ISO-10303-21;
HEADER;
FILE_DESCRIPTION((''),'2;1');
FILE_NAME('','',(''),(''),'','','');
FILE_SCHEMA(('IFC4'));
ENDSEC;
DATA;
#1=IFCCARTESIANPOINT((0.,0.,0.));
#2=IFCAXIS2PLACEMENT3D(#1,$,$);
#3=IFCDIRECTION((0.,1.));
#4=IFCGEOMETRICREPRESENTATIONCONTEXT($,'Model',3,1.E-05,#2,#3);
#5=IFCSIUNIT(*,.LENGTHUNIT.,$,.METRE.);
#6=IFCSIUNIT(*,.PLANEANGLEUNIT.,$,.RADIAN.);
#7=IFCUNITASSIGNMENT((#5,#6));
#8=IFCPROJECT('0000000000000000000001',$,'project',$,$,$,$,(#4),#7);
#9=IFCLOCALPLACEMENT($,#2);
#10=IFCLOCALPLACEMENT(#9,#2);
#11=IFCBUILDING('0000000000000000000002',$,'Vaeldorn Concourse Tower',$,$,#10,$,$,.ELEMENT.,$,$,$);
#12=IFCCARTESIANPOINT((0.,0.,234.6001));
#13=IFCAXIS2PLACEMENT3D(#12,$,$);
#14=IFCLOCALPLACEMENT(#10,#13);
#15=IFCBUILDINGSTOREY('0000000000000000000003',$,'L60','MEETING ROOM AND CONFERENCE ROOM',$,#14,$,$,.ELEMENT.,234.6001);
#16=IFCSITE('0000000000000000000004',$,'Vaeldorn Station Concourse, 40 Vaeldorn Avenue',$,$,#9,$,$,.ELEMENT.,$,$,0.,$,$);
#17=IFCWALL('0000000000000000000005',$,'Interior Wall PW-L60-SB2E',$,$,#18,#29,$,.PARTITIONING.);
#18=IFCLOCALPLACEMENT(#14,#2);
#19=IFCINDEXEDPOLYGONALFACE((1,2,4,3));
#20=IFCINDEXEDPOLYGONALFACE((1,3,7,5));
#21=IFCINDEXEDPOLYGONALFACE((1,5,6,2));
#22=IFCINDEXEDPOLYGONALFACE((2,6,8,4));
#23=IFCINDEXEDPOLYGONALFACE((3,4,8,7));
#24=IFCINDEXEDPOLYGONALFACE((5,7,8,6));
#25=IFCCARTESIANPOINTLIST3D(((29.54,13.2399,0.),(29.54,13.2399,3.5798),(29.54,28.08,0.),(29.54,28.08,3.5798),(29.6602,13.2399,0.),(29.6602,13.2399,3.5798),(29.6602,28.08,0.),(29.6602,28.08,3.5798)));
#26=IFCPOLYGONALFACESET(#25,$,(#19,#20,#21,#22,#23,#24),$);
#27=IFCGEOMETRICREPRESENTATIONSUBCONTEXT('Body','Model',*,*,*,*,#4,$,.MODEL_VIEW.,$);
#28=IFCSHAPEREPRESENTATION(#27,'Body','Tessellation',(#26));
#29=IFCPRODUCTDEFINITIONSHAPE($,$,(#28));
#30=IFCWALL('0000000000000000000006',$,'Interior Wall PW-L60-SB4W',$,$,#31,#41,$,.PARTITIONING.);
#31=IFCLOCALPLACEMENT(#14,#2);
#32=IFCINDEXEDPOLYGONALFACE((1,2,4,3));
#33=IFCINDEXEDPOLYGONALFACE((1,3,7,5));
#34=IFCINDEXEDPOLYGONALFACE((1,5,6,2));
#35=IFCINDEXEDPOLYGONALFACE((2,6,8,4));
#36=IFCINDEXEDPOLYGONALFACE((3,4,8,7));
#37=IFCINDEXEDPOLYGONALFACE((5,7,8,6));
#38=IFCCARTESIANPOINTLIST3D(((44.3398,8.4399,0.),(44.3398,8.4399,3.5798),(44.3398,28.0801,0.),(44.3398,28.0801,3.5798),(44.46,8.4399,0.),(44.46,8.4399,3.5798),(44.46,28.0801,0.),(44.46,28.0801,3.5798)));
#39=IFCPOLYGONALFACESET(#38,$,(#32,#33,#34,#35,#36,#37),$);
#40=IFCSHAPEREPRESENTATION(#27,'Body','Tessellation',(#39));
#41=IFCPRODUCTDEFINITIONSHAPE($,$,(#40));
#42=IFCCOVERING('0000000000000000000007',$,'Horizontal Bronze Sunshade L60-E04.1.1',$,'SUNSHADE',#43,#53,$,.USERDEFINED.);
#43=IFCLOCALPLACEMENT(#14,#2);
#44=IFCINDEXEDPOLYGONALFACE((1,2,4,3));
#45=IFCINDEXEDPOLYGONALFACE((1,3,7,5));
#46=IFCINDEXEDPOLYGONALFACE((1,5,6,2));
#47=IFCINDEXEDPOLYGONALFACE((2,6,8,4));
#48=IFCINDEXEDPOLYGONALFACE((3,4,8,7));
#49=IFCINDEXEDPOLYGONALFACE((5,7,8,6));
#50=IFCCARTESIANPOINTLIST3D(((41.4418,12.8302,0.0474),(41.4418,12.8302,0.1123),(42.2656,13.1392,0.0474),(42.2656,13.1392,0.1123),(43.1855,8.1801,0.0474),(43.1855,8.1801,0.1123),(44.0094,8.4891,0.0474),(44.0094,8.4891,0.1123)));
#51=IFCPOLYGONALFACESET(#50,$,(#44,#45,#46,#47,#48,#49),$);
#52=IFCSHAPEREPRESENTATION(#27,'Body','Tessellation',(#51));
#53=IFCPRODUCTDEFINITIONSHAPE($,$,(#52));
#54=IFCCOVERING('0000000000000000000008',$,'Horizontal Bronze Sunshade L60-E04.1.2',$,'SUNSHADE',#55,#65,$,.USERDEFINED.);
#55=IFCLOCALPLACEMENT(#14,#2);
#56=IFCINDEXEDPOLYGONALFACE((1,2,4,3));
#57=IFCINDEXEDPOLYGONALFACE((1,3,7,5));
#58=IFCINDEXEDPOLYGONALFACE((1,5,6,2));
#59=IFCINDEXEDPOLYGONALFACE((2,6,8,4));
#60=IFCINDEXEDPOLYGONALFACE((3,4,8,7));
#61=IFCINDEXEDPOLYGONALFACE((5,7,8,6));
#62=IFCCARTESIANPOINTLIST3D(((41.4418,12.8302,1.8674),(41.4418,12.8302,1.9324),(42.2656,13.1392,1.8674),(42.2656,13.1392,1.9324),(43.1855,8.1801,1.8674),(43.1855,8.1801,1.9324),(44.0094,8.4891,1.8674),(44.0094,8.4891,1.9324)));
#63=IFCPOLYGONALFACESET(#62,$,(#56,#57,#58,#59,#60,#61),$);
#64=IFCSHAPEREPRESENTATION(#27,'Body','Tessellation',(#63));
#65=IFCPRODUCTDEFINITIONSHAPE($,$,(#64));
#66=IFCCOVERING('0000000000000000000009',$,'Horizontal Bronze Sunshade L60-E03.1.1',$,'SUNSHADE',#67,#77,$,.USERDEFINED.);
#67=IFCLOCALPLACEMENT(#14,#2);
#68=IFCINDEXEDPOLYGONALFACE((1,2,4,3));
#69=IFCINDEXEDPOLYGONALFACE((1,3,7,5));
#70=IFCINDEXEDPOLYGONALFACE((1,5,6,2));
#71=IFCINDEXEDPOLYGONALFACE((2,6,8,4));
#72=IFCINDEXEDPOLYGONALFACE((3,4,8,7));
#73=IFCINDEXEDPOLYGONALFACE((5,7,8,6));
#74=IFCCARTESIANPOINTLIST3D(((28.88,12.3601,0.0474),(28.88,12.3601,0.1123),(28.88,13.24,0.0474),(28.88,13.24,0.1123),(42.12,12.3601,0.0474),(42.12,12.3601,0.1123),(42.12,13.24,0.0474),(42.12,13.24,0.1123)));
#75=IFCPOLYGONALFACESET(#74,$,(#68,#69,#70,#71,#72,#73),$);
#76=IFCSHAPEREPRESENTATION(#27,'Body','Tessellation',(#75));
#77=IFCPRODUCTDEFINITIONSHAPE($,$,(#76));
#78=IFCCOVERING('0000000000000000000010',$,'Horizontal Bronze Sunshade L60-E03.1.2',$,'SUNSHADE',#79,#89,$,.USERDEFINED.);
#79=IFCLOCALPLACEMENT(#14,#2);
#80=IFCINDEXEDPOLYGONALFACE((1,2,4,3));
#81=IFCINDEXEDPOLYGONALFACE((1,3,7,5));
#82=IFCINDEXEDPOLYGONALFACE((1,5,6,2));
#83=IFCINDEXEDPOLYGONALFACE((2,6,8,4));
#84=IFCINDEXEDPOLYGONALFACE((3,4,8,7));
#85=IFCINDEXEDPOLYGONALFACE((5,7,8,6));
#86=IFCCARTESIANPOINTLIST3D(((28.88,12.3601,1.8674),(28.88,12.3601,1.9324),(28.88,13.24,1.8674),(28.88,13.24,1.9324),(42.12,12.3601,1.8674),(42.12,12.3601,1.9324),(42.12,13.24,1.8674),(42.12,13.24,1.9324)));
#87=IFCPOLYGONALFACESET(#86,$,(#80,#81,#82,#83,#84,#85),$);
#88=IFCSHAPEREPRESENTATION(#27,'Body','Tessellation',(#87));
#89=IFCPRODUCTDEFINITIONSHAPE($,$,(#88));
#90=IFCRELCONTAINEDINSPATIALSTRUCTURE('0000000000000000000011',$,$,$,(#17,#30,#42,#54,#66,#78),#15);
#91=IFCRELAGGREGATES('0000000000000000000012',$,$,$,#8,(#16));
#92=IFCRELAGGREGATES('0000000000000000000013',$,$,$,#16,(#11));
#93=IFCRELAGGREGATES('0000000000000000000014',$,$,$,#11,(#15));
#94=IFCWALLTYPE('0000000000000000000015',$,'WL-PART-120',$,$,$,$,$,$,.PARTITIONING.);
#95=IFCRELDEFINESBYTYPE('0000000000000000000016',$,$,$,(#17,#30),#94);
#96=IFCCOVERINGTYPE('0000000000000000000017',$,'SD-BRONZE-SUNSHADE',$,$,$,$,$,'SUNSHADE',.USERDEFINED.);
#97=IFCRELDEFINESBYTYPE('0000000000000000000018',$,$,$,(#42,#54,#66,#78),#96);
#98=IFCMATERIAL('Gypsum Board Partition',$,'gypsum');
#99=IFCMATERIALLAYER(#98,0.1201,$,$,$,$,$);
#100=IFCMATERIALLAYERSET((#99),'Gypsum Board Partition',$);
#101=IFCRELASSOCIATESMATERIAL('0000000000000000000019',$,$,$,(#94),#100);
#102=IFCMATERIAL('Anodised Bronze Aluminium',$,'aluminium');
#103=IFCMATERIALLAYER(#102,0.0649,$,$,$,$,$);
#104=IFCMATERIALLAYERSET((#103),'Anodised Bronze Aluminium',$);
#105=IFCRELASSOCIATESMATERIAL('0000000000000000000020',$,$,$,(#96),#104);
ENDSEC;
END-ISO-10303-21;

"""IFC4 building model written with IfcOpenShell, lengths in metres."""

from ifc_helpers import new_model, si_unit, direction, frame, frame_2d, origin, origin_2d, place, context, subcontext, project, spatial, rectangle, extrude, source, transform, mapped, material, layer, layer_set, type_object, element, save


model = new_model("IFC4")

# Units and contexts
model_context = context("Model", 3, precision=1e-05, world=origin(), true_north=direction((0.0, 1.0)))
body_context = subcontext(model_context, "Body", "Model", "MODEL_VIEW")
ifc_project = project(units=[si_unit("LENGTHUNIT", "METRE"), si_unit("PLANEANGLEUNIT", "RADIAN")], contexts=[model_context])

# Site, building, storey
site_placement = place(None, origin())
site = spatial("IfcSite", under=ifc_project, at=site_placement, Name="Vaeldorn Station Concourse, 40 Vaeldorn Avenue", CompositionType="ELEMENT", RefElevation=0.0)
building_placement = place(site_placement, origin())
building = spatial("IfcBuilding", under=site, at=building_placement, Name="Vaeldorn Concourse Tower", CompositionType="ELEMENT")
storey_placement = place(building_placement, frame((0.0, 0.0, 234.6001)))
storey = spatial("IfcBuildingStorey", under=building, at=storey_placement, Name="L60", Description="MEETING ROOM AND CONFERENCE ROOM", CompositionType="ELEMENT", Elevation=234.6001)

# Shared definitions
ifc_material_1 = material(Name="Anodised Bronze Aluminium", Category="aluminium")

# Walls
ifc_material_2 = material(Name="Gypsum Board Partition", Category="gypsum")
ifc_layer_1 = layer(ifc_material_2, 0.1201)
ifc_layer_set_1 = layer_set([ifc_layer_1], Name="Gypsum Board Partition")
wall_type = type_object("IfcWallType", Name="WL-PART-120", PredefinedType="PARTITIONING", material=ifc_layer_set_1)
wall_1_placement = place(storey_placement, frame((29.6001, 13.24, 0.0), z_axis=(0.0, 0.0, 1.0), x_axis=(0.0, 1.0, 0.0)))
element("IfcWall", 1, at=wall_1_placement, inside=storey, type_object=wall_type, Name="Interior Wall PW-L60-SB2E", PredefinedType="PARTITIONING", context=body_context, shape_type="SweptSolid", body=[
    extrude(rectangle(XDim=14.8401, YDim=0.1201, at=frame_2d((7.4199, 0.0))), origin(), (0.0, 0.0, 1.0), 3.5798),
])
wall_2_placement = place(storey_placement, frame((44.3999, 8.4399, 0.0), z_axis=(0.0, 0.0, 1.0), x_axis=(0.0, 1.0, 0.0)))
element("IfcWall", 2, at=wall_2_placement, inside=storey, type_object=wall_type, Name="Interior Wall PW-L60-SB4W", PredefinedType="PARTITIONING", context=body_context, shape_type="SweptSolid", body=[
    extrude(rectangle(XDim=19.6401, YDim=0.1201, at=frame_2d((9.8201, 0.0))), origin(), (0.0, 0.0, 1.0), 3.5798),
])

# Coverings
ifc_layer_2 = layer(ifc_material_1, 0.0649)
ifc_layer_set_2 = layer_set([ifc_layer_2], Name="Anodised Bronze Aluminium")
covering_type = type_object("IfcCoveringType", Name="SD-BRONZE-SUNSHADE", ElementType="SUNSHADE", PredefinedType="USERDEFINED", material=ifc_layer_set_2)
shared_shape_1 = source(origin(), body_context, "Body", "SweptSolid", [
    extrude(rectangle(XDim=4.9663, YDim=0.8799, at=origin_2d()), origin(), (0.0, 0.0, 1.0), 0.0649),
])
for number, where, z_axis, x_axis, name in (
    (3, (42.7256, 10.6597, 0.0474), (0.0, 0.0, 1.0), (0.351123, -0.936329, 0.0), "Horizontal Bronze Sunshade L60-E04.1.1"),
    (4, (42.7256, 10.6597, 1.8674), (0.0, 0.0, 1.0), (0.351123, -0.936329, 0.0), "Horizontal Bronze Sunshade L60-E04.1.2"),
):
    element("IfcCovering", number, at=place(storey_placement, frame(where, z_axis=z_axis, x_axis=x_axis)), inside=storey, type_object=covering_type, Name=name, ObjectType="SUNSHADE", PredefinedType="USERDEFINED", context=body_context, shape_type="MappedRepresentation", body=[
        mapped(shared_shape_1, transform((0.0, 0.0, 0.0), scale=1.0)),
    ])
shared_shape_2 = source(origin(), body_context, "Body", "SweptSolid", [
    extrude(rectangle(XDim=13.24, YDim=0.8799, at=origin_2d()), origin(), (0.0, 0.0, 1.0), 0.0649),
])
for number, where, z_axis, x_axis, name in (
    (5, (35.5, 12.8, 0.0474), (0.0, 0.0, 1.0), (1.0, 0.0, 0.0), "Horizontal Bronze Sunshade L60-E03.1.1"),
    (6, (35.5, 12.8, 1.8674), (0.0, 0.0, 1.0), (1.0, 0.0, 0.0), "Horizontal Bronze Sunshade L60-E03.1.2"),
):
    element("IfcCovering", number, at=place(storey_placement, frame(where, z_axis=z_axis, x_axis=x_axis)), inside=storey, type_object=covering_type, Name=name, ObjectType="SUNSHADE", PredefinedType="USERDEFINED", context=body_context, shape_type="MappedRepresentation", body=[
        mapped(shared_shape_2, transform((0.0, 0.0, 0.0), scale=1.0)),
    ])

save(model, "model.ifc")
